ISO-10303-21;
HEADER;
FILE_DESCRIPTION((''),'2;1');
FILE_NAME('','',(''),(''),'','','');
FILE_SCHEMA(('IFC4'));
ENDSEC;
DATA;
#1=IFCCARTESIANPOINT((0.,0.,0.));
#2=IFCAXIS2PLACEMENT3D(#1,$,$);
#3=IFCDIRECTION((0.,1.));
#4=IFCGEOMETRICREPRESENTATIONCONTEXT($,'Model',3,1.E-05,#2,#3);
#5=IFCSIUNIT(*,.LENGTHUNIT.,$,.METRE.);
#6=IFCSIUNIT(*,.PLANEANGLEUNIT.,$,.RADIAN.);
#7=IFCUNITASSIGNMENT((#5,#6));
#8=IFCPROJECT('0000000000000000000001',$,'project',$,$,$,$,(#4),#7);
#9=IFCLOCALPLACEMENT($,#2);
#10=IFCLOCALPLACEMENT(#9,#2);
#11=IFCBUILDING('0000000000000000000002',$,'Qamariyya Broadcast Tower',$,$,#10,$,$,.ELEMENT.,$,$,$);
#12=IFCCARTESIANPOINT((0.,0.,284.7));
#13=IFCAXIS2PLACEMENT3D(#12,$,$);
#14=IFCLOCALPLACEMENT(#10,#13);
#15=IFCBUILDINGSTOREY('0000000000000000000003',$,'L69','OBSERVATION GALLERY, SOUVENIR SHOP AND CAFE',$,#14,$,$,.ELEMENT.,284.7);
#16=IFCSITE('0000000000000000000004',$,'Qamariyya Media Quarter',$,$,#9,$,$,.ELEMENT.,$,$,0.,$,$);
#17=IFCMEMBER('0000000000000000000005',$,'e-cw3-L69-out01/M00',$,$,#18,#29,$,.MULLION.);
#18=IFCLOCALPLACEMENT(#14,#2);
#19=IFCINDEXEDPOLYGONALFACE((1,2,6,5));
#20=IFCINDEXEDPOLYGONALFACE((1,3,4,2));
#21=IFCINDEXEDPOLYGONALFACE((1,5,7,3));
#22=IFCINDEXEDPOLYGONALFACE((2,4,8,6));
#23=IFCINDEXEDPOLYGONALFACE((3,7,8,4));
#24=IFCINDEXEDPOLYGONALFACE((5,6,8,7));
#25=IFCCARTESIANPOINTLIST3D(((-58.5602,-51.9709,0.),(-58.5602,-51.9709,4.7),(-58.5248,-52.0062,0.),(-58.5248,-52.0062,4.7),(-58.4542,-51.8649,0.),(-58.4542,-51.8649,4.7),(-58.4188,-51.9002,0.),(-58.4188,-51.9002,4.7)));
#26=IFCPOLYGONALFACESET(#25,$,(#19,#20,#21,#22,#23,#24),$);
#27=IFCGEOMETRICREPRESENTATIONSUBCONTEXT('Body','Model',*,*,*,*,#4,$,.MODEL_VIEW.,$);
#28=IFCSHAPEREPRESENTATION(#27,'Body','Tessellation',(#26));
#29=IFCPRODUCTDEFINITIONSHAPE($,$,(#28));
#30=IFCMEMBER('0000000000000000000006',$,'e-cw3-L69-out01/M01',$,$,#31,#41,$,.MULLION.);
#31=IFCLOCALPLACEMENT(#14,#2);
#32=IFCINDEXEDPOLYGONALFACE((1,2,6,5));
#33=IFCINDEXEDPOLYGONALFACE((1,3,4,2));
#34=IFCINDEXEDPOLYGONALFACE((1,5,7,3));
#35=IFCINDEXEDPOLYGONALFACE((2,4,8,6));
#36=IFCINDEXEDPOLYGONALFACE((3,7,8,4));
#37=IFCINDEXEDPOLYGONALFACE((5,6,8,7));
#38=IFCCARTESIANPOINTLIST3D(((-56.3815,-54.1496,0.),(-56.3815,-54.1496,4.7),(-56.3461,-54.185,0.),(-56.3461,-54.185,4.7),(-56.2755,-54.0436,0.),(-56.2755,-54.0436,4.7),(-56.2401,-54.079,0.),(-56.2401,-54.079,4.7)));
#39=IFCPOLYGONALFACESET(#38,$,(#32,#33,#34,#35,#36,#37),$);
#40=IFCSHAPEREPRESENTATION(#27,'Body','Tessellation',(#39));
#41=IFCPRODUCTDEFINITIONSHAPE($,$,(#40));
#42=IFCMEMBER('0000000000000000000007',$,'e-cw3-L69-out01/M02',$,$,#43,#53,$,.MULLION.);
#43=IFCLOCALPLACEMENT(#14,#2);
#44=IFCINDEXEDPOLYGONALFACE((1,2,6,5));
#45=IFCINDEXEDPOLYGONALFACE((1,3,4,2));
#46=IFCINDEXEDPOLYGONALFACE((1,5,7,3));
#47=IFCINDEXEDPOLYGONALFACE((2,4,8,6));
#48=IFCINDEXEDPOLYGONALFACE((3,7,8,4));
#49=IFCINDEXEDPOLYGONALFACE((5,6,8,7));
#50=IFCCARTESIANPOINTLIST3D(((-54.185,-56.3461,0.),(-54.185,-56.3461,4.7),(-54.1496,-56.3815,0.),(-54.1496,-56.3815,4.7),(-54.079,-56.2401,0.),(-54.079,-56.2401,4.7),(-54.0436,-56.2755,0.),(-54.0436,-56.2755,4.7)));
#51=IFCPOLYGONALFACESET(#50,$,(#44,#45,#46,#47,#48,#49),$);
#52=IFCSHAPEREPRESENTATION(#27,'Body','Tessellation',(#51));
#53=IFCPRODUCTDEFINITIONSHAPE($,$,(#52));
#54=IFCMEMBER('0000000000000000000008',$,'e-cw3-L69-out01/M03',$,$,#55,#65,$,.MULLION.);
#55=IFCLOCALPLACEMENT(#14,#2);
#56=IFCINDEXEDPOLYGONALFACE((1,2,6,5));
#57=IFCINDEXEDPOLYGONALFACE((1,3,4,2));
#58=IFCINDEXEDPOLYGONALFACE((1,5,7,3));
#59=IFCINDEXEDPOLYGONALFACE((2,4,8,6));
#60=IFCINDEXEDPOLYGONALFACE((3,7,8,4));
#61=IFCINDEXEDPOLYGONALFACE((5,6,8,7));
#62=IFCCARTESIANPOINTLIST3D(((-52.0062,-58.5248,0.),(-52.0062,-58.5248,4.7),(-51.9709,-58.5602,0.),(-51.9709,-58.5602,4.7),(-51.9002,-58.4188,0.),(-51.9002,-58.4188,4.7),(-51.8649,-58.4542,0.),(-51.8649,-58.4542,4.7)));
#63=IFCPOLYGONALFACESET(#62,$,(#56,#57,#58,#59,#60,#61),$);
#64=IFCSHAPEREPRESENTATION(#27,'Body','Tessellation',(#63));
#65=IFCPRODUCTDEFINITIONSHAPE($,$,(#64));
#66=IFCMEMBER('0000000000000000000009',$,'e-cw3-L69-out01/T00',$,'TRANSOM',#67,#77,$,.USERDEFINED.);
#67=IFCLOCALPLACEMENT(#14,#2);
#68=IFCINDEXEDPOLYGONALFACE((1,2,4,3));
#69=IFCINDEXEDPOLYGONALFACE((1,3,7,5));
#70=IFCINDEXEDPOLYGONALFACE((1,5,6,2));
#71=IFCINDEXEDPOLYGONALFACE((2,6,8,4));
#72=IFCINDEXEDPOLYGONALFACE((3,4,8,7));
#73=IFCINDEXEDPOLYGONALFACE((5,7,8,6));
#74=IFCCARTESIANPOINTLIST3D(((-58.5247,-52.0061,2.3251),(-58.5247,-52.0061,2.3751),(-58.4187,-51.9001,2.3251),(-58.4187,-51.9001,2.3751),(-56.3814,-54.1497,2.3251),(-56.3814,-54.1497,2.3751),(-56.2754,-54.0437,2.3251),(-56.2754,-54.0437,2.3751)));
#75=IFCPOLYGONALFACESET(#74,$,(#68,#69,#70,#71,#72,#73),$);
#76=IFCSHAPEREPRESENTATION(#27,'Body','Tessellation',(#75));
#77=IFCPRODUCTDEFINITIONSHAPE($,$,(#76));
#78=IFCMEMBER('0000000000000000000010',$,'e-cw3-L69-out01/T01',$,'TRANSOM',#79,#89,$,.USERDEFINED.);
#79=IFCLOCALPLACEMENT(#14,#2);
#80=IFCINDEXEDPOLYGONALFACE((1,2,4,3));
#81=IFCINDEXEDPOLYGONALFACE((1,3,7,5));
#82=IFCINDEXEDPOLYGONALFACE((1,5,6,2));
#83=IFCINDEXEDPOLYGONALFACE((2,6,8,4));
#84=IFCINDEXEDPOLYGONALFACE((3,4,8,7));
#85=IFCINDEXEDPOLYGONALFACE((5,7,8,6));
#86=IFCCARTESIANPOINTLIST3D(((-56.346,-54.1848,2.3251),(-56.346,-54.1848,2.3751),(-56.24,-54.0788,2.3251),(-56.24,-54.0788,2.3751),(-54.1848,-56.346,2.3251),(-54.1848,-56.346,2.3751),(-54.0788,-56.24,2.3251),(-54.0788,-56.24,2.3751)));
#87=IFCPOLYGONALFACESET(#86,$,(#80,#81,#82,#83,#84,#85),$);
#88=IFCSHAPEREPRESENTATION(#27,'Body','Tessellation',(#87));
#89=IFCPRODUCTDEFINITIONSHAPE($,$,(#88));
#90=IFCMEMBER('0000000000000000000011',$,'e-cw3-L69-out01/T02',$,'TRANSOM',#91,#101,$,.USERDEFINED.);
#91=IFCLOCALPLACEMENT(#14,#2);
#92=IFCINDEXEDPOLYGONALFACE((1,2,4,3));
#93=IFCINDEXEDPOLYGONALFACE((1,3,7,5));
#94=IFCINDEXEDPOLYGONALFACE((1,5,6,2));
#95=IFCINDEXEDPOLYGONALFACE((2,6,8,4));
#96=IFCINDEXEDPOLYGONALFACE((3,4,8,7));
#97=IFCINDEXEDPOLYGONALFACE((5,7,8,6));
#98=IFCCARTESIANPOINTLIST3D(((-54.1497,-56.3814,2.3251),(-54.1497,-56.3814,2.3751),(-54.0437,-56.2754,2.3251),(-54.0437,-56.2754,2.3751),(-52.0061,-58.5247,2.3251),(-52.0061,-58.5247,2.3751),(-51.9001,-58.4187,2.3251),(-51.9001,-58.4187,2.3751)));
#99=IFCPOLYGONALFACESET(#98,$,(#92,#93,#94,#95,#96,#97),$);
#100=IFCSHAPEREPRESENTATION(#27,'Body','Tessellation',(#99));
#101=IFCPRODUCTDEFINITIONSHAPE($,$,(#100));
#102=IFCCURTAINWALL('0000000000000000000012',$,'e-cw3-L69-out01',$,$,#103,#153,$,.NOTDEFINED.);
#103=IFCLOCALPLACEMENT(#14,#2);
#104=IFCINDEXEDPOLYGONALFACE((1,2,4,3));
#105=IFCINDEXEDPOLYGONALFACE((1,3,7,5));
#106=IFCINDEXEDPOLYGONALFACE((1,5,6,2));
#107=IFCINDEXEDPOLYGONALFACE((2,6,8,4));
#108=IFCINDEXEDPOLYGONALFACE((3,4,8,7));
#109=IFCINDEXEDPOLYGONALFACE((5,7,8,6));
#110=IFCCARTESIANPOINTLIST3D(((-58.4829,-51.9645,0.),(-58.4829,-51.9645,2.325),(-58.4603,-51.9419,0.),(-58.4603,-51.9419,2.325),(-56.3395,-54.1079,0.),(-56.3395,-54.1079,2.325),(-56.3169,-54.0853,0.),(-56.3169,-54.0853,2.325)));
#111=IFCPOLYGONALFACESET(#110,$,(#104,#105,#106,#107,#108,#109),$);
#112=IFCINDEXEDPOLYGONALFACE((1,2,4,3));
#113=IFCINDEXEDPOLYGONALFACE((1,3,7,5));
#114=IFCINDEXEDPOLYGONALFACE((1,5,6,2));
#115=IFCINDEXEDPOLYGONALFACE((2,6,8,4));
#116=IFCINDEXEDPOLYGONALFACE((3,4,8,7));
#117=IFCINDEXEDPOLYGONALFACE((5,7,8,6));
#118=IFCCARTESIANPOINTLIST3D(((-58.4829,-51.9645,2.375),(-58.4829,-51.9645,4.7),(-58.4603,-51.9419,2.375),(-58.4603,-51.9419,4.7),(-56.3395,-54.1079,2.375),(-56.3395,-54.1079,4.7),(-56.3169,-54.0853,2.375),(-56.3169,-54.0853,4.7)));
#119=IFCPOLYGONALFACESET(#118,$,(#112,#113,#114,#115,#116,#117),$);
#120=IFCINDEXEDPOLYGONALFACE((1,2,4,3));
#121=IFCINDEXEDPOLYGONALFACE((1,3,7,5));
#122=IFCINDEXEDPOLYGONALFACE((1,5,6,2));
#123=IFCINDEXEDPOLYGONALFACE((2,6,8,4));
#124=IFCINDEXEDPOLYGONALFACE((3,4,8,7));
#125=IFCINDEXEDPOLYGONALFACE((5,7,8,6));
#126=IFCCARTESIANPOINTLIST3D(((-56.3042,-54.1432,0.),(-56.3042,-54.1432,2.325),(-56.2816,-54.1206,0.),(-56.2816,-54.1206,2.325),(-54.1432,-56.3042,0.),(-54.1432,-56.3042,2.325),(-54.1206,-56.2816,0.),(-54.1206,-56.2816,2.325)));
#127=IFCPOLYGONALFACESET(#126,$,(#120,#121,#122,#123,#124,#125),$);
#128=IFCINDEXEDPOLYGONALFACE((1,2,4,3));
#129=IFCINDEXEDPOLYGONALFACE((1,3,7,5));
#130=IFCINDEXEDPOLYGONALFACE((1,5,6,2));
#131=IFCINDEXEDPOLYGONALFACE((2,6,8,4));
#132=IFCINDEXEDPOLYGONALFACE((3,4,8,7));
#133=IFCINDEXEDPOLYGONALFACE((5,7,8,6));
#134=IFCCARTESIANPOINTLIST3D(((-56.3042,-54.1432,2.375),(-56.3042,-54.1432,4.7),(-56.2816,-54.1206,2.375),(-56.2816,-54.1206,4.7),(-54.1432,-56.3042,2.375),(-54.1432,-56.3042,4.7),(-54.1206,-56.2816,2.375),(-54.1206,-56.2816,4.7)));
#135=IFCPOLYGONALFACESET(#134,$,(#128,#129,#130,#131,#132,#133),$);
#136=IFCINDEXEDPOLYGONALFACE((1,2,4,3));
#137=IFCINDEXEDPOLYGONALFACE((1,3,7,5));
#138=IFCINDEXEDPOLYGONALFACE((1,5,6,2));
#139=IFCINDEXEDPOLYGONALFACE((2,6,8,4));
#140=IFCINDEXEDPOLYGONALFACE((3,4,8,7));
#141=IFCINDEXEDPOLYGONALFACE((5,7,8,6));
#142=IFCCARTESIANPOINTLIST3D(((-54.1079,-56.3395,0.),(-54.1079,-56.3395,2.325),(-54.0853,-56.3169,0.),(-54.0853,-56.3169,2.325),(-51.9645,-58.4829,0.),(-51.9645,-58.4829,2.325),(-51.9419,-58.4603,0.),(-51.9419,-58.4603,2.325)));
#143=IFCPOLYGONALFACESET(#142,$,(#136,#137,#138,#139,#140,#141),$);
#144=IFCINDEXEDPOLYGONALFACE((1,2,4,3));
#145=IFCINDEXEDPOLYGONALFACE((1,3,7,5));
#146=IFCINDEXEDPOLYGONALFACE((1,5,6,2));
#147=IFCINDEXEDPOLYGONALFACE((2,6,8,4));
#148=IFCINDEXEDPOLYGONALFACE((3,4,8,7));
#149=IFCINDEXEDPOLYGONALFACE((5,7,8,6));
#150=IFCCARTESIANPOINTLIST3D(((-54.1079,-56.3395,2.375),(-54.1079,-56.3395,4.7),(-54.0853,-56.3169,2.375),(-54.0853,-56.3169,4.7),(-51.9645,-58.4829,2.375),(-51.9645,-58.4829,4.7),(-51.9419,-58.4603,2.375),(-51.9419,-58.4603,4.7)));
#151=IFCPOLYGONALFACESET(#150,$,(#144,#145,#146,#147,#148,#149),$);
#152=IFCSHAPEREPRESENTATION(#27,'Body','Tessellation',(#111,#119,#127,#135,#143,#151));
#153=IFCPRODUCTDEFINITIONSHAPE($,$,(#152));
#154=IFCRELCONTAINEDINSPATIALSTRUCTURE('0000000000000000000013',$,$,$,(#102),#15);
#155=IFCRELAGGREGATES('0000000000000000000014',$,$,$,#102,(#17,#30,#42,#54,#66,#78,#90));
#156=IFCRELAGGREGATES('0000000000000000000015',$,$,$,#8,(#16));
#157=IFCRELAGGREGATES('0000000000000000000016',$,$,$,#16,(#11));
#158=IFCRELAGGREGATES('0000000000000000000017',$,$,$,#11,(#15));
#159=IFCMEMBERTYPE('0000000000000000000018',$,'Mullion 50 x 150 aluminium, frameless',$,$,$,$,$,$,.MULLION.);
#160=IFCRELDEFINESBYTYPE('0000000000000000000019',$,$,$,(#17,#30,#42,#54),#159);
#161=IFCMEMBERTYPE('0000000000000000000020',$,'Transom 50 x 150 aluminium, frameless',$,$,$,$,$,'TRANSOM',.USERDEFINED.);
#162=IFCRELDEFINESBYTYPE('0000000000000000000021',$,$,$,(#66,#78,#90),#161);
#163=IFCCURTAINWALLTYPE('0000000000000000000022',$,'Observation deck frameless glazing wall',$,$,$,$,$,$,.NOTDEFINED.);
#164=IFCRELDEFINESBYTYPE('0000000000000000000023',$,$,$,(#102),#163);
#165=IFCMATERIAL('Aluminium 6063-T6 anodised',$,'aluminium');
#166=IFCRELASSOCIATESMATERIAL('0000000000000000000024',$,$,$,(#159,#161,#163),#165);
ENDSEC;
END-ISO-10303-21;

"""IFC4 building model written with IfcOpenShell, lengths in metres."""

from ifc_helpers import new_model, si_unit, direction, frame, origin, origin_2d, place, context, subcontext, project, spatial, rectangle, extrude, material, material_profile, profile_set, type_object, element, aggregate, save


model = new_model("IFC4")

# Units and contexts
model_context = context("Model", 3, precision=1e-05, world=origin(), true_north=direction((0.0, 1.0)))
body_context = subcontext(model_context, "Body", "Model", "MODEL_VIEW")
ifc_project = project(units=[si_unit("LENGTHUNIT", "METRE"), si_unit("PLANEANGLEUNIT", "RADIAN")], contexts=[model_context])

# Members
ifc_material = material(Name="Aluminium 6063-T6 anodised", Category="aluminium")
ifc_material_profile_1 = material_profile(ifc_material, rectangle(XDim=0.1499, YDim=0.05, at=origin_2d()))
ifc_profile_set_1 = profile_set([ifc_material_profile_1], Name="Aluminium 6063-T6 anodised")
member_type_1 = type_object("IfcMemberType", Name="Mullion 50 x 150 aluminium, frameless", PredefinedType="MULLION", material=ifc_profile_set_1)
site_placement = place(None, origin())
building_placement = place(site_placement, origin())
storey_placement = place(building_placement, frame((0.0, 0.0, 284.7)))
member_1_placement = place(storey_placement, frame((-58.4895, -51.9355, 0.0), z_axis=(0.0, 0.0, 1.0), x_axis=(0.707107, 0.707107, 0.0)))
member_1 = element("IfcMember", 1, at=member_1_placement, type_object=member_type_1, Name="e-cw3-L69-out01/M00", PredefinedType="MULLION", context=body_context, shape_type="SweptSolid", body=[
    extrude(rectangle(XDim=0.1499, YDim=0.05, at=origin_2d()), origin(), (0.0, 0.0, 1.0), 4.7),
])
member_2_placement = place(storey_placement, frame((-56.3108, -54.1143, 0.0), z_axis=(0.0, 0.0, 1.0), x_axis=(0.707107, 0.707107, 0.0)))
member_2 = element("IfcMember", 2, at=member_2_placement, type_object=member_type_1, Name="e-cw3-L69-out01/M01", PredefinedType="MULLION", context=body_context, shape_type="SweptSolid", body=[
    extrude(rectangle(XDim=0.1499, YDim=0.05, at=origin_2d()), origin(), (0.0, 0.0, 1.0), 4.7),
])
member_3_placement = place(storey_placement, frame((-54.1143, -56.3108, 0.0), z_axis=(0.0, 0.0, 1.0), x_axis=(0.707107, 0.707107, 0.0)))
member_3 = element("IfcMember", 3, at=member_3_placement, type_object=member_type_1, Name="e-cw3-L69-out01/M02", PredefinedType="MULLION", context=body_context, shape_type="SweptSolid", body=[
    extrude(rectangle(XDim=0.1499, YDim=0.05, at=origin_2d()), origin(), (0.0, 0.0, 1.0), 4.7),
])
member_4_placement = place(storey_placement, frame((-51.9355, -58.4895, 0.0), z_axis=(0.0, 0.0, 1.0), x_axis=(0.707107, 0.707107, 0.0)))
member_4 = element("IfcMember", 4, at=member_4_placement, type_object=member_type_1, Name="e-cw3-L69-out01/M03", PredefinedType="MULLION", context=body_context, shape_type="SweptSolid", body=[
    extrude(rectangle(XDim=0.1499, YDim=0.05, at=origin_2d()), origin(), (0.0, 0.0, 1.0), 4.7),
])
ifc_material_profile_2 = material_profile(ifc_material, rectangle(XDim=0.1499, YDim=0.05, at=origin_2d()))
ifc_profile_set_2 = profile_set([ifc_material_profile_2], Name="Aluminium 6063-T6 anodised")
member_type_2 = type_object("IfcMemberType", Name="Transom 50 x 150 aluminium, frameless", ElementType="TRANSOM", PredefinedType="USERDEFINED", material=ifc_profile_set_2)
member_5_placement = place(storey_placement, frame((-58.4717, -51.9531, 2.3501), z_axis=(0.707067, -0.707147, 0.0), x_axis=(0.707147, 0.707067, 0.0)))
member_5 = element("IfcMember", 5, at=member_5_placement, type_object=member_type_2, Name="e-cw3-L69-out01/T00", ObjectType="TRANSOM", PredefinedType="USERDEFINED", context=body_context, shape_type="SweptSolid", body=[
    extrude(rectangle(XDim=0.1499, YDim=0.05, at=origin_2d()), origin(), (0.0, 0.0, 1.0), 3.0312),
])
member_6_placement = place(storey_placement, frame((-56.293, -54.1318, 2.3501), z_axis=(0.707107, -0.707107, 0.0), x_axis=(0.707107, 0.707107, 0.0)))
member_6 = element("IfcMember", 6, at=member_6_placement, type_object=member_type_2, Name="e-cw3-L69-out01/T01", ObjectType="TRANSOM", PredefinedType="USERDEFINED", context=body_context, shape_type="SweptSolid", body=[
    extrude(rectangle(XDim=0.1499, YDim=0.05, at=origin_2d()), origin(), (0.0, 0.0, 1.0), 3.0564),
])
member_7_placement = place(storey_placement, frame((-54.0967, -56.3284, 2.3501), z_axis=(0.707147, -0.707067, 0.0), x_axis=(0.707067, 0.707147, 0.0)))
member_7 = element("IfcMember", 7, at=member_7_placement, type_object=member_type_2, Name="e-cw3-L69-out01/T02", ObjectType="TRANSOM", PredefinedType="USERDEFINED", context=body_context, shape_type="SweptSolid", body=[
    extrude(rectangle(XDim=0.1499, YDim=0.05, at=origin_2d()), origin(), (0.0, 0.0, 1.0), 3.0312),
])

# Site, building, storey
site = spatial("IfcSite", under=ifc_project, at=site_placement, Name="Qamariyya Media Quarter", CompositionType="ELEMENT", RefElevation=0.0)
building = spatial("IfcBuilding", under=site, at=building_placement, Name="Qamariyya Broadcast Tower", CompositionType="ELEMENT")
storey = spatial("IfcBuildingStorey", under=building, at=storey_placement, Name="L69", Description="OBSERVATION GALLERY, SOUVENIR SHOP AND CAFE", CompositionType="ELEMENT", Elevation=284.7)

# Curtain wall
curtain_wall_type = type_object("IfcCurtainWallType", Name="Observation deck frameless glazing wall", PredefinedType="NOTDEFINED", material=ifc_material)
curtain_wall_1_placement = place(storey_placement, origin())
curtain_wall_1 = element("IfcCurtainWall", 8, at=curtain_wall_1_placement, inside=storey, type_object=curtain_wall_type, Name="e-cw3-L69-out01", PredefinedType="NOTDEFINED", context=body_context, shape_type="SweptSolid", body=[
    extrude(rectangle(XDim=3.0312, YDim=0.032, at=origin_2d()), frame((-57.3999, -53.0249, 0.0), x_axis=(0.707107, -0.707107, 0.0)), (0.0, 0.0, 1.0), 2.325),
    extrude(rectangle(XDim=3.0312, YDim=0.032, at=origin_2d()), frame((-57.3999, -53.0249, 2.375), x_axis=(0.707107, -0.707107, 0.0)), (0.0, 0.0, 1.0), 2.325),
    extrude(rectangle(XDim=3.0562, YDim=0.032, at=origin_2d()), frame((-55.2124, -55.2124, 0.0), x_axis=(0.707107, -0.707107, 0.0)), (0.0, 0.0, 1.0), 2.325),
    extrude(rectangle(XDim=3.0562, YDim=0.032, at=origin_2d()), frame((-55.2124, -55.2124, 2.375), x_axis=(0.707107, -0.707107, 0.0)), (0.0, 0.0, 1.0), 2.325),
    extrude(rectangle(XDim=3.0312, YDim=0.032, at=origin_2d()), frame((-53.0249, -57.3999, 0.0), x_axis=(0.707107, -0.707107, 0.0)), (0.0, 0.0, 1.0), 2.325),
    extrude(rectangle(XDim=3.0312, YDim=0.032, at=origin_2d()), frame((-53.0249, -57.3999, 2.375), x_axis=(0.707107, -0.707107, 0.0)), (0.0, 0.0, 1.0), 2.325),
])
aggregate(curtain_wall_1, [member_1, member_2, member_3, member_4, member_5, member_6, member_7])

save(model, "model.ifc")
